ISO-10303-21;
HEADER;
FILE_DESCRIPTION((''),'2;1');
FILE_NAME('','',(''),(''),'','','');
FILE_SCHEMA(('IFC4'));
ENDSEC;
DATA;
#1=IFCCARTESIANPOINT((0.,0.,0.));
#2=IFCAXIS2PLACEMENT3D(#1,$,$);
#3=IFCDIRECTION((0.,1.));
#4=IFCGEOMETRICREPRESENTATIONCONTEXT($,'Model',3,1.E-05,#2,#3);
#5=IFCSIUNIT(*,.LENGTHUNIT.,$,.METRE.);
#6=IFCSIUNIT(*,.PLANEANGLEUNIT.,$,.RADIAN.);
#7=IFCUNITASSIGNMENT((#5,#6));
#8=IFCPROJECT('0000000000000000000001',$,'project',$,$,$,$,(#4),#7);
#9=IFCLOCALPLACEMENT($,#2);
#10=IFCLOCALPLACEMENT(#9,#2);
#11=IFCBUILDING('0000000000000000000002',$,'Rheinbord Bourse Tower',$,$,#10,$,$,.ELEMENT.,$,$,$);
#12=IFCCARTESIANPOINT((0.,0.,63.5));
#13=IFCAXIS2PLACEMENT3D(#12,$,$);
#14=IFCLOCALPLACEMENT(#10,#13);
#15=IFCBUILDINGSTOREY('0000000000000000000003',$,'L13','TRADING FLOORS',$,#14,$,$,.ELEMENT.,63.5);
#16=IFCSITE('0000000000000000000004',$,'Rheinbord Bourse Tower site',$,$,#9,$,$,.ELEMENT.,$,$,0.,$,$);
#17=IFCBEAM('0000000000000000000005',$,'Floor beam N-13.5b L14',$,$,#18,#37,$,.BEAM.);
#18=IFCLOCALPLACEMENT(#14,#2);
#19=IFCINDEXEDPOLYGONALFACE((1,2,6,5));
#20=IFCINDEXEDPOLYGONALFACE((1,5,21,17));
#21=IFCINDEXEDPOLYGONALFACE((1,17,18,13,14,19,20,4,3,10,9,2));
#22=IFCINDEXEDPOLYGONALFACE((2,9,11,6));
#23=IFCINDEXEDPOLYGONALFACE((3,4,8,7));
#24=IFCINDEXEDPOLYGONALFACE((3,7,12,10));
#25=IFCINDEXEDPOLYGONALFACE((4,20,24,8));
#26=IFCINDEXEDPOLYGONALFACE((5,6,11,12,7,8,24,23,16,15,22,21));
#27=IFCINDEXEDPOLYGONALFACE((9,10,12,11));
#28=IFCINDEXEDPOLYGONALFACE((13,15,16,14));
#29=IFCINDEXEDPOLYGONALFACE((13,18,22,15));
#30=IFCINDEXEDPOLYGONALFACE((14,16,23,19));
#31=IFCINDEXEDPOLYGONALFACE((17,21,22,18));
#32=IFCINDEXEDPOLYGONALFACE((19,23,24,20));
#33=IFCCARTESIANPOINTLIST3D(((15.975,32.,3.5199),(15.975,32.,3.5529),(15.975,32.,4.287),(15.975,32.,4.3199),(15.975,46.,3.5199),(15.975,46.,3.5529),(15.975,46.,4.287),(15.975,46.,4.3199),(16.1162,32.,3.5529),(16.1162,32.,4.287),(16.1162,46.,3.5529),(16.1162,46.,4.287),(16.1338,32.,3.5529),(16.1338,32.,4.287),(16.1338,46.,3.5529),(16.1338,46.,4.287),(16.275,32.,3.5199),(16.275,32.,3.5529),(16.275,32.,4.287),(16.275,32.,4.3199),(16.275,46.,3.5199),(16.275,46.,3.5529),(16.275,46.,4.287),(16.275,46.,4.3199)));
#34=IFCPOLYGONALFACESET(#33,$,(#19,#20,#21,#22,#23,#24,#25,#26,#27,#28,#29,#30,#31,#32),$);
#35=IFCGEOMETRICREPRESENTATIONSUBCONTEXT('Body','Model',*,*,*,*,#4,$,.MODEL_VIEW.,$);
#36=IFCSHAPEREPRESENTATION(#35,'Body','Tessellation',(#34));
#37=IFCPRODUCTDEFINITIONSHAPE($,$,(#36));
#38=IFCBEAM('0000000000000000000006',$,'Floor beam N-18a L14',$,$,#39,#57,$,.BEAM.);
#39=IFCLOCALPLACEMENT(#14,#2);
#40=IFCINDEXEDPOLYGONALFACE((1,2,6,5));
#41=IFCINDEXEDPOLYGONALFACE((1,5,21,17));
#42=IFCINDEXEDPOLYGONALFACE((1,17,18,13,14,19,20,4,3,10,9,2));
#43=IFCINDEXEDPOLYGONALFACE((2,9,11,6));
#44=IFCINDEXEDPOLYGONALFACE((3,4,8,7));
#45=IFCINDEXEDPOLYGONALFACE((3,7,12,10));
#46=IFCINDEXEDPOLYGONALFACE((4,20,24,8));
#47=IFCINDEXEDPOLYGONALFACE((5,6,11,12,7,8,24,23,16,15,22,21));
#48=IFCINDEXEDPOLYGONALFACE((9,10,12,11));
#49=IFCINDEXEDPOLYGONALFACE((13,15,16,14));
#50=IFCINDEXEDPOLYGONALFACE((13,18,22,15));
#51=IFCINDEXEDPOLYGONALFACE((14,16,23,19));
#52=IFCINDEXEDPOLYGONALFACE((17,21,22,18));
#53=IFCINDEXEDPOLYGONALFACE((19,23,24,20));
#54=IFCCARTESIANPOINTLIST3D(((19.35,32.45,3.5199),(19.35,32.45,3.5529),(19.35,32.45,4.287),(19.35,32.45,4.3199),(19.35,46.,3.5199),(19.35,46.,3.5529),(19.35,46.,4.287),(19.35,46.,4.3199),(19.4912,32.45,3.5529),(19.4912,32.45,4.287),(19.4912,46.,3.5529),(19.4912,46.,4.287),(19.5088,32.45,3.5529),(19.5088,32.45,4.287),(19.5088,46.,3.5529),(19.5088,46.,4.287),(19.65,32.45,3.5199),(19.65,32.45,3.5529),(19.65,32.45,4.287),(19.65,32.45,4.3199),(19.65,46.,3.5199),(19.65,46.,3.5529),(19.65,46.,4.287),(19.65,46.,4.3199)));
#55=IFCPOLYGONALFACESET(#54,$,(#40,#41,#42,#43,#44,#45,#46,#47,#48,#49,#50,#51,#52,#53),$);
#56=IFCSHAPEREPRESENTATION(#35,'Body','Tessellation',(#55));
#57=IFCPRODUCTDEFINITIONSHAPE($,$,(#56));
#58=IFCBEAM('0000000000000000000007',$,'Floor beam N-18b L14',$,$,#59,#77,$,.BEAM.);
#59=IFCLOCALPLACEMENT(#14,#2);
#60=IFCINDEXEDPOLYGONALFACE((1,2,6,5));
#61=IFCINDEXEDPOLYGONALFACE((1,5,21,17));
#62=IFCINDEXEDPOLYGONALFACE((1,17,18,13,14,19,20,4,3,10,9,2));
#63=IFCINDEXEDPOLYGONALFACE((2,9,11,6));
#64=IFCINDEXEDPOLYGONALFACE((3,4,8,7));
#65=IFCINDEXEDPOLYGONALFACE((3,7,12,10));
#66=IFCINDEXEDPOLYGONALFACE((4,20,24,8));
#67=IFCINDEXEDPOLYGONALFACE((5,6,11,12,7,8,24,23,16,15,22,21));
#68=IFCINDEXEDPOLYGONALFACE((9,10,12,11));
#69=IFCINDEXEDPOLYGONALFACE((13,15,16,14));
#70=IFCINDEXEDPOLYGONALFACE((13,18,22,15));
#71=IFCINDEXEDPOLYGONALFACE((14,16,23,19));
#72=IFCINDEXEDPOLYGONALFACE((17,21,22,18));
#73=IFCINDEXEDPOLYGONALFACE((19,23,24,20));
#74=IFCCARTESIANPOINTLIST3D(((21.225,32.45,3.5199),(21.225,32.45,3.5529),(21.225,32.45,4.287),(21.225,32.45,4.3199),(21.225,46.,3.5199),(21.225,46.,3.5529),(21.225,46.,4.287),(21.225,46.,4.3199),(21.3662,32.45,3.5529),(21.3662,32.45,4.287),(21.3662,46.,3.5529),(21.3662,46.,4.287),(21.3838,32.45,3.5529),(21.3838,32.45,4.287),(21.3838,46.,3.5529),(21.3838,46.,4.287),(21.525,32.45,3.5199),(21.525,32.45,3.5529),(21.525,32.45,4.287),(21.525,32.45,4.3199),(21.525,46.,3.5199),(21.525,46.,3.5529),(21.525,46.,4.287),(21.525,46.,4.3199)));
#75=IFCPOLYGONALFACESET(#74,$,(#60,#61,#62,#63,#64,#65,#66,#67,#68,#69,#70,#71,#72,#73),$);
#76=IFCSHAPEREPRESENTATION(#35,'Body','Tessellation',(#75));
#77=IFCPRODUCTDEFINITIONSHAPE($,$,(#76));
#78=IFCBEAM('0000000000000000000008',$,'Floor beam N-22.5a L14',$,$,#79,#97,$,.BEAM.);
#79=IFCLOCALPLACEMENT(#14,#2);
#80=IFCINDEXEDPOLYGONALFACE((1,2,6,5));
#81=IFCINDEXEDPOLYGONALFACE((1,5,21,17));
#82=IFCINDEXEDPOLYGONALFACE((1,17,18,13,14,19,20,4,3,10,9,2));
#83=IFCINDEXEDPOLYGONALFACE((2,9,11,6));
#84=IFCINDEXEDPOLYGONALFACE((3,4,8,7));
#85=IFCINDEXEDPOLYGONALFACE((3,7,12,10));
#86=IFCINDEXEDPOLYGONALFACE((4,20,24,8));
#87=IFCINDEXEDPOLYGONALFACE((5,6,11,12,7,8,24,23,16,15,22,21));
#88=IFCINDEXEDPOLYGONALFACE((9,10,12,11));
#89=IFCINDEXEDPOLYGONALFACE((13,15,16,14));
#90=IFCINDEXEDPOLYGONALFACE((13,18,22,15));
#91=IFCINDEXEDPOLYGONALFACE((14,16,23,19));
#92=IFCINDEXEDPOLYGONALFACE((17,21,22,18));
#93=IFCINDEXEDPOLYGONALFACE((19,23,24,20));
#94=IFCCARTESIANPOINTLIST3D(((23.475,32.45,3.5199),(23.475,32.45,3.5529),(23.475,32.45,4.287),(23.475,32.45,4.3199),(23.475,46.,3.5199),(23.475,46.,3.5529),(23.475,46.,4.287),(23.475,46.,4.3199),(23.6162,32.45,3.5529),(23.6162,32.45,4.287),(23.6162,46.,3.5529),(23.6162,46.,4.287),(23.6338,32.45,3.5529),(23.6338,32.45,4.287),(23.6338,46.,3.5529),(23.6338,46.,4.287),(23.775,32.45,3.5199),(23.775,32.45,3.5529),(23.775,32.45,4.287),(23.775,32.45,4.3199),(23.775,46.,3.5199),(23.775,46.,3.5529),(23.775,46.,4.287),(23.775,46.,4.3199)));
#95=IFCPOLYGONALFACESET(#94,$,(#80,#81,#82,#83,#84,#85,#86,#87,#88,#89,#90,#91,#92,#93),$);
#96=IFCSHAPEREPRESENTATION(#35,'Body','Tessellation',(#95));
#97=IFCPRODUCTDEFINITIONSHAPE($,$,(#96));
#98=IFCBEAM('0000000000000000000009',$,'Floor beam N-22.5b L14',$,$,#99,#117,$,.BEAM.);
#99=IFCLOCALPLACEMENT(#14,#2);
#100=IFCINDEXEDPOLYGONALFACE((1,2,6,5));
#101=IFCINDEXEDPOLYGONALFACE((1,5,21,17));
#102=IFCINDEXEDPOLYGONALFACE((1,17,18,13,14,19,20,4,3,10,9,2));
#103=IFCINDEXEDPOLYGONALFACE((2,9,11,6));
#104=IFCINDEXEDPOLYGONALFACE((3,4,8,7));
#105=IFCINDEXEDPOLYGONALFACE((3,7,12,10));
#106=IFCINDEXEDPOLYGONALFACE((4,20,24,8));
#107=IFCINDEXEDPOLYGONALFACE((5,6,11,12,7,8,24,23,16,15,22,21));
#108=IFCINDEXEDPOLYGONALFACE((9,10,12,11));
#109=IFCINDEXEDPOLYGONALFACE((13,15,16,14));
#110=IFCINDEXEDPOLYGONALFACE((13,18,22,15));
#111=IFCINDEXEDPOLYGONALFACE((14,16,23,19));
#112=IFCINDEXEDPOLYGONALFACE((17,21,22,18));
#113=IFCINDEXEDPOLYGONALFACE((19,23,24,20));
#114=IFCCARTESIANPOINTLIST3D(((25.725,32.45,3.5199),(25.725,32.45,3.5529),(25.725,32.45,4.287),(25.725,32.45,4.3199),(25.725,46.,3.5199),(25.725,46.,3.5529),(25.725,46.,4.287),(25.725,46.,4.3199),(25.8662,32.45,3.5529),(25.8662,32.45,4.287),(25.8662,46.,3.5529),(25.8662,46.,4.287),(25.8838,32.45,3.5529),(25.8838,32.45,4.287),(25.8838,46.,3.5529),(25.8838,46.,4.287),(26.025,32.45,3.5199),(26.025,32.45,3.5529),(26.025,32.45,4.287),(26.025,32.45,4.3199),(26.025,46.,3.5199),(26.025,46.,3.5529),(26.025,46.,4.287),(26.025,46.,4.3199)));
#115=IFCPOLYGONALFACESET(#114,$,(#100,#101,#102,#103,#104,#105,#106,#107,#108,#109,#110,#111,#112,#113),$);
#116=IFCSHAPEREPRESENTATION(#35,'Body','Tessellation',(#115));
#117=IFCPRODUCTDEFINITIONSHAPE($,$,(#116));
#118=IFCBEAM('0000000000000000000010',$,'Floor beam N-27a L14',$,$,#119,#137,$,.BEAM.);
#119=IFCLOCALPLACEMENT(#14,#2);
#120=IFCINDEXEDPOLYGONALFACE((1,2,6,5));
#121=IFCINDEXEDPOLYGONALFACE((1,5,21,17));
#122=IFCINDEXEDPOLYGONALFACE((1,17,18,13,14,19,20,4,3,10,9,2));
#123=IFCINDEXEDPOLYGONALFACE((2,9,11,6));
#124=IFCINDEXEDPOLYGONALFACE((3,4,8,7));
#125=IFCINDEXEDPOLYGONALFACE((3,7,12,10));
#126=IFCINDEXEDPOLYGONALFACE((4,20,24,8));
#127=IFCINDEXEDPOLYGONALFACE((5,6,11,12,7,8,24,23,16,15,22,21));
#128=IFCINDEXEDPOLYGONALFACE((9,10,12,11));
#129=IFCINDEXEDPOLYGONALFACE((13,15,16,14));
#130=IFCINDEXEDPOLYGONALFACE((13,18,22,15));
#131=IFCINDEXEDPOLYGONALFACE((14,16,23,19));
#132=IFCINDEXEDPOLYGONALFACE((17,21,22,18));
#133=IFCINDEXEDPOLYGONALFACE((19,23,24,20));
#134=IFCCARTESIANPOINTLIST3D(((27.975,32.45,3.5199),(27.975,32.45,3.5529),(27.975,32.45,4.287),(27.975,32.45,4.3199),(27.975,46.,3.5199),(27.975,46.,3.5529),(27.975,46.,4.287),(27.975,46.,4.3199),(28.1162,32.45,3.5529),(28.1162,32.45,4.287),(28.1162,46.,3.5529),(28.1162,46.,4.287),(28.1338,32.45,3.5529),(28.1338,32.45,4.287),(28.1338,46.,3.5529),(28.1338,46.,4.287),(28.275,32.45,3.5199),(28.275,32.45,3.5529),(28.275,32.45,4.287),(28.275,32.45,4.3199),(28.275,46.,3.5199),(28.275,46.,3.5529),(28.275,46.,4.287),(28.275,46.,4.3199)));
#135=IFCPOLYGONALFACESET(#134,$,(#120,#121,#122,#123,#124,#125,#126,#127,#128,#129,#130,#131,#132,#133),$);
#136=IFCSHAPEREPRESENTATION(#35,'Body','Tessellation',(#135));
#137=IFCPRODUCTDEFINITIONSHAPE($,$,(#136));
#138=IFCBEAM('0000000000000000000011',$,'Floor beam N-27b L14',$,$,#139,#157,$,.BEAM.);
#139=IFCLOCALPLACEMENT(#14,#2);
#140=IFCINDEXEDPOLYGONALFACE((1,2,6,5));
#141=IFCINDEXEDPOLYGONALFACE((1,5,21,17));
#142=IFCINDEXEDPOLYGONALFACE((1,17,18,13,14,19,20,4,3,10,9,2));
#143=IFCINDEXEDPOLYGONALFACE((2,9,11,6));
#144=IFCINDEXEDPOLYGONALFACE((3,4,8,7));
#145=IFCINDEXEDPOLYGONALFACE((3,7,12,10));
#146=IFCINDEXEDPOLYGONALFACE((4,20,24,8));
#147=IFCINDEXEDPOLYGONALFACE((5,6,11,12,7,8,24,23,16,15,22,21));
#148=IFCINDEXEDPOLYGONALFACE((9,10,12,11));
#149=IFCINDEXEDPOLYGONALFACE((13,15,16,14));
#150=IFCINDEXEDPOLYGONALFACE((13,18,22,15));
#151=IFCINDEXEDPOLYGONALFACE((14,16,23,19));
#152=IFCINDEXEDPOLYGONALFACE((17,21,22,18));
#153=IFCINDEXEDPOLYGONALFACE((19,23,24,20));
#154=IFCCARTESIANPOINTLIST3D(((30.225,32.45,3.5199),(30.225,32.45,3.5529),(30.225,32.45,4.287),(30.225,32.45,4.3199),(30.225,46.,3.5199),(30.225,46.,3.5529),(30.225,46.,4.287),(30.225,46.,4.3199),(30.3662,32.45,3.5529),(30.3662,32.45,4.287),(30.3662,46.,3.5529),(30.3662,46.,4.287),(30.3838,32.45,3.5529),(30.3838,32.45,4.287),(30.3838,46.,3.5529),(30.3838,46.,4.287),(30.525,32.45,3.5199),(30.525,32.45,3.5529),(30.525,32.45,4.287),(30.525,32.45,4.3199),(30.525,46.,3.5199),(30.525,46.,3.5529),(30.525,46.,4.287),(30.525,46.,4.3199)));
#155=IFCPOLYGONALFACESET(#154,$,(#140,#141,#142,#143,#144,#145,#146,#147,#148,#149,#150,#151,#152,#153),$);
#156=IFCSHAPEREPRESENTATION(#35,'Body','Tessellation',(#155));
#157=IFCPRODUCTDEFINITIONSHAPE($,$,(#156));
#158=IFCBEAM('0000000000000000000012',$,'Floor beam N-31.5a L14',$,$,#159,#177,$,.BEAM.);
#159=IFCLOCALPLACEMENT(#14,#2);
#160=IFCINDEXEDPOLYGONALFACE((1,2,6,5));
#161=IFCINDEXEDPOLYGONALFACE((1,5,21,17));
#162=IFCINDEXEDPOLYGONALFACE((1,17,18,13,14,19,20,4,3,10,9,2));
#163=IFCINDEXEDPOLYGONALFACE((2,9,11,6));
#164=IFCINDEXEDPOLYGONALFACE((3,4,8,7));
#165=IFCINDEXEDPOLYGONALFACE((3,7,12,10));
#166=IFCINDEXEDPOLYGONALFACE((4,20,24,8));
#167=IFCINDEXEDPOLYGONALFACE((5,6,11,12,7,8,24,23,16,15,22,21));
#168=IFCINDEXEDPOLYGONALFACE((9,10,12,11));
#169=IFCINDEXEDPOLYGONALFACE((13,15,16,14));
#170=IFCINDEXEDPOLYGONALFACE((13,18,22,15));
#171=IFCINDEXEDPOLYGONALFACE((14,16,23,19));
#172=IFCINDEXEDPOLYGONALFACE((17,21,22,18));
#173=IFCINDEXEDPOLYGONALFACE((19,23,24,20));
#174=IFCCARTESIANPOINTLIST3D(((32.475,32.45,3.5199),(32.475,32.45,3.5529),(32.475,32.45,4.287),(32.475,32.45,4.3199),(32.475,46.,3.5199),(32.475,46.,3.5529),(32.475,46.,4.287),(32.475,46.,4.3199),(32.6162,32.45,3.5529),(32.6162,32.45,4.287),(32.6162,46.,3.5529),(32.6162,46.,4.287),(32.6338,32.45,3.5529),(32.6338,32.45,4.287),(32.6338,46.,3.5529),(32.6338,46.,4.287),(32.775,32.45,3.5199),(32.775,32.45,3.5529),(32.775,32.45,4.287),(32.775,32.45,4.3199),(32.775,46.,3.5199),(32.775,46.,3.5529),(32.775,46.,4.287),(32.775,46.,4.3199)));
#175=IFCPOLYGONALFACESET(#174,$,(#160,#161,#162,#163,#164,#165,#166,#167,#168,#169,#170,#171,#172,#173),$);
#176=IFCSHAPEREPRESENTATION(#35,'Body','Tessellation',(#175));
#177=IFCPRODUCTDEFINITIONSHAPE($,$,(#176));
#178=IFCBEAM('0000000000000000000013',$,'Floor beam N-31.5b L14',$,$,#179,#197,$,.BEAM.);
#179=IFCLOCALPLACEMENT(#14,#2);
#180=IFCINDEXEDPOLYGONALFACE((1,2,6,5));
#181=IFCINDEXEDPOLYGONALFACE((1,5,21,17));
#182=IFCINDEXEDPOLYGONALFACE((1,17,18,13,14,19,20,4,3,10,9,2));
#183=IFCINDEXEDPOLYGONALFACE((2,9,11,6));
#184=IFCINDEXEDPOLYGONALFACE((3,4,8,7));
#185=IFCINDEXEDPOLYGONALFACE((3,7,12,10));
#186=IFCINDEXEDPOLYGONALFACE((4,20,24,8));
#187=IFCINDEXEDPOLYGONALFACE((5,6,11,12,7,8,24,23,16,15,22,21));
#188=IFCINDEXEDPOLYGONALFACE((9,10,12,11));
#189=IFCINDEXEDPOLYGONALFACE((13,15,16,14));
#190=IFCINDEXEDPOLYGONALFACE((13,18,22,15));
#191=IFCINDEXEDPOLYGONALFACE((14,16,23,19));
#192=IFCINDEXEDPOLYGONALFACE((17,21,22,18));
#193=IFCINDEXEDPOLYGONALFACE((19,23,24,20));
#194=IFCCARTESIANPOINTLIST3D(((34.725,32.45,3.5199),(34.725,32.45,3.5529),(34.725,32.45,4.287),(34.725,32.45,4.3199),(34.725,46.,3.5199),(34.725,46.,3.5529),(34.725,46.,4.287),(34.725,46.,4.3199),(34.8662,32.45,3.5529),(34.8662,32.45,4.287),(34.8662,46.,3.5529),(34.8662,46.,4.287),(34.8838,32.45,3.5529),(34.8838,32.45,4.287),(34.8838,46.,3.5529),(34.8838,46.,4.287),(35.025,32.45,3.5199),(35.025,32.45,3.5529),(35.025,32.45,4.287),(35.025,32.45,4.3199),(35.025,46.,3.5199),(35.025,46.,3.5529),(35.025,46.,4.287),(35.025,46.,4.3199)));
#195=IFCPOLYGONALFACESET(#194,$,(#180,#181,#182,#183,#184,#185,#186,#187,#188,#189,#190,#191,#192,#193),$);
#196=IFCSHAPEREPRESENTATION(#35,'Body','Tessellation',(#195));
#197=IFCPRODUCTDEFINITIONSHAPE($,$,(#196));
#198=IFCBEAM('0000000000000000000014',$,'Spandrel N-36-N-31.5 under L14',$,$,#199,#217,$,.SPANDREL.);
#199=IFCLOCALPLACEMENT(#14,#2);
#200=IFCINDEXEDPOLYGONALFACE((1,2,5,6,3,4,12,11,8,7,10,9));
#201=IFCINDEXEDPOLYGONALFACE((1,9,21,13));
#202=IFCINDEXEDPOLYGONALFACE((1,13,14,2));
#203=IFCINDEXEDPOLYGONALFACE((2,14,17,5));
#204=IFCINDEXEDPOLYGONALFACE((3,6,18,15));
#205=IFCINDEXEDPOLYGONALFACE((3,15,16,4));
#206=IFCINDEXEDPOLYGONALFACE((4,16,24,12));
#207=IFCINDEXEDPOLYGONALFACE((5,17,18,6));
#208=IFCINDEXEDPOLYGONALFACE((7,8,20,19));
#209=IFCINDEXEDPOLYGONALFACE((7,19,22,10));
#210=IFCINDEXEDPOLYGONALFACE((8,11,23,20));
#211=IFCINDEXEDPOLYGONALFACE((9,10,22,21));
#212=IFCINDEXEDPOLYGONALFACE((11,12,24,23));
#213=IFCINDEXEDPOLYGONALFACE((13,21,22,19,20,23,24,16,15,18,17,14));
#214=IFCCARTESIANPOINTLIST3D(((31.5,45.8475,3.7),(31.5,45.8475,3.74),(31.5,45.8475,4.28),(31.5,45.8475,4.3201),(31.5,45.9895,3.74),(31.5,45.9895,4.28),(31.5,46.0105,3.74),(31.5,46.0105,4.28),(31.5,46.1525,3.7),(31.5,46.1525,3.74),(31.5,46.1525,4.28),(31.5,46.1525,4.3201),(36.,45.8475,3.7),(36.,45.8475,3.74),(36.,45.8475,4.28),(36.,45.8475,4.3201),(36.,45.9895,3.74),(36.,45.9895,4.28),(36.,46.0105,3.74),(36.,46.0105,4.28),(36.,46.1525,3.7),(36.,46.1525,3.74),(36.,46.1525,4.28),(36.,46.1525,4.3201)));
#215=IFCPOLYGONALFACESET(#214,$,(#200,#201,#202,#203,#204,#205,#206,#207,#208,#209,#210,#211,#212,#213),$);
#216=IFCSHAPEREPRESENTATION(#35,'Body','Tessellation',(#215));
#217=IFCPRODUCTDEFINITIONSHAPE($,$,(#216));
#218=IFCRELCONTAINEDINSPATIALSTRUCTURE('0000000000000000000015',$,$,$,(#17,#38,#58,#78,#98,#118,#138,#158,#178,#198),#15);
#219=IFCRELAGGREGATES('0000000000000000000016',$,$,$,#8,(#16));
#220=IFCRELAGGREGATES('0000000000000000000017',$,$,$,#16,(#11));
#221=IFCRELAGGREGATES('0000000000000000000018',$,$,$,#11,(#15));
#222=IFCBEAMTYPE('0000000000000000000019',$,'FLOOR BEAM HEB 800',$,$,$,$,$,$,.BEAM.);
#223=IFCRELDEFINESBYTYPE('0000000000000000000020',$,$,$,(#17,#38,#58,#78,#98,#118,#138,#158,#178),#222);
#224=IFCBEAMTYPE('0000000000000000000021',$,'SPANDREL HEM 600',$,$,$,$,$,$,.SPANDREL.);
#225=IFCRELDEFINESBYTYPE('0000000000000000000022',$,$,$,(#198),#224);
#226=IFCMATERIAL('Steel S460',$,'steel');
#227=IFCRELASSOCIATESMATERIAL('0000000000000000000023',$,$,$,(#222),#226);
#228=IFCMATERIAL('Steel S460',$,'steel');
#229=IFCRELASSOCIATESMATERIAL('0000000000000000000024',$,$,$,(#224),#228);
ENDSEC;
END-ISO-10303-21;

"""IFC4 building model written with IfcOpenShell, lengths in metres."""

from ifc_helpers import new_model, si_unit, direction, frame, origin, origin_2d, place, context, subcontext, project, spatial, i_section, extrude, material, material_profile, profile_set, type_object, element, save


model = new_model("IFC4")

# Units and contexts
model_context = context("Model", 3, precision=1e-05, world=origin(), true_north=direction((0.0, 1.0)))
body_context = subcontext(model_context, "Body", "Model", "MODEL_VIEW")
ifc_project = project(units=[si_unit("LENGTHUNIT", "METRE"), si_unit("PLANEANGLEUNIT", "RADIAN")], contexts=[model_context])

# Site, building, storey
site_placement = place(None, origin())
site = spatial("IfcSite", under=ifc_project, at=site_placement, Name="Rheinbord Bourse Tower site", CompositionType="ELEMENT", RefElevation=0.0)
building_placement = place(site_placement, origin())
building = spatial("IfcBuilding", under=site, at=building_placement, Name="Rheinbord Bourse Tower", CompositionType="ELEMENT")
storey_placement = place(building_placement, frame((0.0, 0.0, 63.5)))
storey = spatial("IfcBuildingStorey", under=building, at=storey_placement, Name="L13", Description="TRADING FLOORS", CompositionType="ELEMENT", Elevation=63.5)

# Beams
ifc_material_1 = material(Name="Steel S460", Category="steel")
ifc_material_profile_1 = material_profile(ifc_material_1, i_section(OverallWidth=0.3, OverallDepth=0.8, WebThickness=0.0176, FlangeThickness=0.033, at=origin_2d()), Name="HEB 800")
ifc_profile_set_1 = profile_set([ifc_material_profile_1], Name="Steel S460")
beam_type_1 = type_object("IfcBeamType", Name="FLOOR BEAM HEB 800", PredefinedType="BEAM", material=ifc_profile_set_1)
for number, where, z_axis, x_axis, name in (
    (1, (16.125, 46.0, 3.9199), (0.0, -1.0, 0.0), (1.0, 0.0, 0.0), "Floor beam N-13.5b L14"),
):
    element("IfcBeam", number, at=place(storey_placement, frame(where, z_axis=z_axis, x_axis=x_axis)), inside=storey, type_object=beam_type_1, Name=name, PredefinedType="BEAM", context=body_context, shape_type="SweptSolid", body=[
        extrude(i_section(OverallWidth=0.3, OverallDepth=0.8, WebThickness=0.0176, FlangeThickness=0.033, at=origin_2d()), origin(), (0.0, 0.0, 1.0), 14.0),
    ])
for number, where, z_axis, x_axis, name in (
    (2, (19.5, 46.0, 3.9199), (0.0, -1.0, 0.0), (1.0, 0.0, 0.0), "Floor beam N-18a L14"),
    (3, (21.375, 46.0, 3.9199), (0.0, -1.0, 0.0), (1.0, 0.0, 0.0), "Floor beam N-18b L14"),
    (4, (23.625, 46.0, 3.9199), (0.0, -1.0, 0.0), (1.0, 0.0, 0.0), "Floor beam N-22.5a L14"),
    (5, (25.875, 46.0, 3.9199), (0.0, -1.0, 0.0), (1.0, 0.0, 0.0), "Floor beam N-22.5b L14"),
    (6, (28.125, 46.0, 3.9199), (0.0, -1.0, 0.0), (1.0, 0.0, 0.0), "Floor beam N-27a L14"),
    (7, (30.375, 46.0, 3.9199), (0.0, -1.0, 0.0), (1.0, 0.0, 0.0), "Floor beam N-27b L14"),
    (8, (32.625, 46.0, 3.9199), (0.0, -1.0, 0.0), (1.0, 0.0, 0.0), "Floor beam N-31.5a L14"),
    (9, (34.875, 46.0, 3.9199), (0.0, -1.0, 0.0), (1.0, 0.0, 0.0), "Floor beam N-31.5b L14"),
):
    element("IfcBeam", number, at=place(storey_placement, frame(where, z_axis=z_axis, x_axis=x_axis)), inside=storey, type_object=beam_type_1, Name=name, PredefinedType="BEAM", context=body_context, shape_type="SweptSolid", body=[
        extrude(i_section(OverallWidth=0.3, OverallDepth=0.8, WebThickness=0.0176, FlangeThickness=0.033, at=origin_2d()), origin(), (0.0, 0.0, 1.0), 13.55),
    ])
ifc_material_2 = material(Name="Steel S460", Category="steel")
ifc_material_profile_2 = material_profile(ifc_material_2, i_section(OverallWidth=0.3049, OverallDepth=0.6201, WebThickness=0.021, FlangeThickness=0.04, at=origin_2d()), Name="HEM 600")
ifc_profile_set_2 = profile_set([ifc_material_profile_2], Name="Steel S460")
beam_type_2 = type_object("IfcBeamType", Name="SPANDREL HEM 600", PredefinedType="SPANDREL", material=ifc_profile_set_2)
for number, where, z_axis, x_axis, name in (
    (10, (36.0, 46.0, 4.01), (-1.0, 0.0, 0.0), (0.0, -1.0, 0.0), "Spandrel N-36-N-31.5 under L14"),
):
    element("IfcBeam", number, at=place(storey_placement, frame(where, z_axis=z_axis, x_axis=x_axis)), inside=storey, type_object=beam_type_2, Name=name, PredefinedType="SPANDREL", context=body_context, shape_type="SweptSolid", body=[
        extrude(i_section(OverallWidth=0.3049, OverallDepth=0.6201, WebThickness=0.021, FlangeThickness=0.04, at=origin_2d()), origin(), (0.0, 0.0, 1.0), 4.5),
    ])

save(model, "model.ifc")
